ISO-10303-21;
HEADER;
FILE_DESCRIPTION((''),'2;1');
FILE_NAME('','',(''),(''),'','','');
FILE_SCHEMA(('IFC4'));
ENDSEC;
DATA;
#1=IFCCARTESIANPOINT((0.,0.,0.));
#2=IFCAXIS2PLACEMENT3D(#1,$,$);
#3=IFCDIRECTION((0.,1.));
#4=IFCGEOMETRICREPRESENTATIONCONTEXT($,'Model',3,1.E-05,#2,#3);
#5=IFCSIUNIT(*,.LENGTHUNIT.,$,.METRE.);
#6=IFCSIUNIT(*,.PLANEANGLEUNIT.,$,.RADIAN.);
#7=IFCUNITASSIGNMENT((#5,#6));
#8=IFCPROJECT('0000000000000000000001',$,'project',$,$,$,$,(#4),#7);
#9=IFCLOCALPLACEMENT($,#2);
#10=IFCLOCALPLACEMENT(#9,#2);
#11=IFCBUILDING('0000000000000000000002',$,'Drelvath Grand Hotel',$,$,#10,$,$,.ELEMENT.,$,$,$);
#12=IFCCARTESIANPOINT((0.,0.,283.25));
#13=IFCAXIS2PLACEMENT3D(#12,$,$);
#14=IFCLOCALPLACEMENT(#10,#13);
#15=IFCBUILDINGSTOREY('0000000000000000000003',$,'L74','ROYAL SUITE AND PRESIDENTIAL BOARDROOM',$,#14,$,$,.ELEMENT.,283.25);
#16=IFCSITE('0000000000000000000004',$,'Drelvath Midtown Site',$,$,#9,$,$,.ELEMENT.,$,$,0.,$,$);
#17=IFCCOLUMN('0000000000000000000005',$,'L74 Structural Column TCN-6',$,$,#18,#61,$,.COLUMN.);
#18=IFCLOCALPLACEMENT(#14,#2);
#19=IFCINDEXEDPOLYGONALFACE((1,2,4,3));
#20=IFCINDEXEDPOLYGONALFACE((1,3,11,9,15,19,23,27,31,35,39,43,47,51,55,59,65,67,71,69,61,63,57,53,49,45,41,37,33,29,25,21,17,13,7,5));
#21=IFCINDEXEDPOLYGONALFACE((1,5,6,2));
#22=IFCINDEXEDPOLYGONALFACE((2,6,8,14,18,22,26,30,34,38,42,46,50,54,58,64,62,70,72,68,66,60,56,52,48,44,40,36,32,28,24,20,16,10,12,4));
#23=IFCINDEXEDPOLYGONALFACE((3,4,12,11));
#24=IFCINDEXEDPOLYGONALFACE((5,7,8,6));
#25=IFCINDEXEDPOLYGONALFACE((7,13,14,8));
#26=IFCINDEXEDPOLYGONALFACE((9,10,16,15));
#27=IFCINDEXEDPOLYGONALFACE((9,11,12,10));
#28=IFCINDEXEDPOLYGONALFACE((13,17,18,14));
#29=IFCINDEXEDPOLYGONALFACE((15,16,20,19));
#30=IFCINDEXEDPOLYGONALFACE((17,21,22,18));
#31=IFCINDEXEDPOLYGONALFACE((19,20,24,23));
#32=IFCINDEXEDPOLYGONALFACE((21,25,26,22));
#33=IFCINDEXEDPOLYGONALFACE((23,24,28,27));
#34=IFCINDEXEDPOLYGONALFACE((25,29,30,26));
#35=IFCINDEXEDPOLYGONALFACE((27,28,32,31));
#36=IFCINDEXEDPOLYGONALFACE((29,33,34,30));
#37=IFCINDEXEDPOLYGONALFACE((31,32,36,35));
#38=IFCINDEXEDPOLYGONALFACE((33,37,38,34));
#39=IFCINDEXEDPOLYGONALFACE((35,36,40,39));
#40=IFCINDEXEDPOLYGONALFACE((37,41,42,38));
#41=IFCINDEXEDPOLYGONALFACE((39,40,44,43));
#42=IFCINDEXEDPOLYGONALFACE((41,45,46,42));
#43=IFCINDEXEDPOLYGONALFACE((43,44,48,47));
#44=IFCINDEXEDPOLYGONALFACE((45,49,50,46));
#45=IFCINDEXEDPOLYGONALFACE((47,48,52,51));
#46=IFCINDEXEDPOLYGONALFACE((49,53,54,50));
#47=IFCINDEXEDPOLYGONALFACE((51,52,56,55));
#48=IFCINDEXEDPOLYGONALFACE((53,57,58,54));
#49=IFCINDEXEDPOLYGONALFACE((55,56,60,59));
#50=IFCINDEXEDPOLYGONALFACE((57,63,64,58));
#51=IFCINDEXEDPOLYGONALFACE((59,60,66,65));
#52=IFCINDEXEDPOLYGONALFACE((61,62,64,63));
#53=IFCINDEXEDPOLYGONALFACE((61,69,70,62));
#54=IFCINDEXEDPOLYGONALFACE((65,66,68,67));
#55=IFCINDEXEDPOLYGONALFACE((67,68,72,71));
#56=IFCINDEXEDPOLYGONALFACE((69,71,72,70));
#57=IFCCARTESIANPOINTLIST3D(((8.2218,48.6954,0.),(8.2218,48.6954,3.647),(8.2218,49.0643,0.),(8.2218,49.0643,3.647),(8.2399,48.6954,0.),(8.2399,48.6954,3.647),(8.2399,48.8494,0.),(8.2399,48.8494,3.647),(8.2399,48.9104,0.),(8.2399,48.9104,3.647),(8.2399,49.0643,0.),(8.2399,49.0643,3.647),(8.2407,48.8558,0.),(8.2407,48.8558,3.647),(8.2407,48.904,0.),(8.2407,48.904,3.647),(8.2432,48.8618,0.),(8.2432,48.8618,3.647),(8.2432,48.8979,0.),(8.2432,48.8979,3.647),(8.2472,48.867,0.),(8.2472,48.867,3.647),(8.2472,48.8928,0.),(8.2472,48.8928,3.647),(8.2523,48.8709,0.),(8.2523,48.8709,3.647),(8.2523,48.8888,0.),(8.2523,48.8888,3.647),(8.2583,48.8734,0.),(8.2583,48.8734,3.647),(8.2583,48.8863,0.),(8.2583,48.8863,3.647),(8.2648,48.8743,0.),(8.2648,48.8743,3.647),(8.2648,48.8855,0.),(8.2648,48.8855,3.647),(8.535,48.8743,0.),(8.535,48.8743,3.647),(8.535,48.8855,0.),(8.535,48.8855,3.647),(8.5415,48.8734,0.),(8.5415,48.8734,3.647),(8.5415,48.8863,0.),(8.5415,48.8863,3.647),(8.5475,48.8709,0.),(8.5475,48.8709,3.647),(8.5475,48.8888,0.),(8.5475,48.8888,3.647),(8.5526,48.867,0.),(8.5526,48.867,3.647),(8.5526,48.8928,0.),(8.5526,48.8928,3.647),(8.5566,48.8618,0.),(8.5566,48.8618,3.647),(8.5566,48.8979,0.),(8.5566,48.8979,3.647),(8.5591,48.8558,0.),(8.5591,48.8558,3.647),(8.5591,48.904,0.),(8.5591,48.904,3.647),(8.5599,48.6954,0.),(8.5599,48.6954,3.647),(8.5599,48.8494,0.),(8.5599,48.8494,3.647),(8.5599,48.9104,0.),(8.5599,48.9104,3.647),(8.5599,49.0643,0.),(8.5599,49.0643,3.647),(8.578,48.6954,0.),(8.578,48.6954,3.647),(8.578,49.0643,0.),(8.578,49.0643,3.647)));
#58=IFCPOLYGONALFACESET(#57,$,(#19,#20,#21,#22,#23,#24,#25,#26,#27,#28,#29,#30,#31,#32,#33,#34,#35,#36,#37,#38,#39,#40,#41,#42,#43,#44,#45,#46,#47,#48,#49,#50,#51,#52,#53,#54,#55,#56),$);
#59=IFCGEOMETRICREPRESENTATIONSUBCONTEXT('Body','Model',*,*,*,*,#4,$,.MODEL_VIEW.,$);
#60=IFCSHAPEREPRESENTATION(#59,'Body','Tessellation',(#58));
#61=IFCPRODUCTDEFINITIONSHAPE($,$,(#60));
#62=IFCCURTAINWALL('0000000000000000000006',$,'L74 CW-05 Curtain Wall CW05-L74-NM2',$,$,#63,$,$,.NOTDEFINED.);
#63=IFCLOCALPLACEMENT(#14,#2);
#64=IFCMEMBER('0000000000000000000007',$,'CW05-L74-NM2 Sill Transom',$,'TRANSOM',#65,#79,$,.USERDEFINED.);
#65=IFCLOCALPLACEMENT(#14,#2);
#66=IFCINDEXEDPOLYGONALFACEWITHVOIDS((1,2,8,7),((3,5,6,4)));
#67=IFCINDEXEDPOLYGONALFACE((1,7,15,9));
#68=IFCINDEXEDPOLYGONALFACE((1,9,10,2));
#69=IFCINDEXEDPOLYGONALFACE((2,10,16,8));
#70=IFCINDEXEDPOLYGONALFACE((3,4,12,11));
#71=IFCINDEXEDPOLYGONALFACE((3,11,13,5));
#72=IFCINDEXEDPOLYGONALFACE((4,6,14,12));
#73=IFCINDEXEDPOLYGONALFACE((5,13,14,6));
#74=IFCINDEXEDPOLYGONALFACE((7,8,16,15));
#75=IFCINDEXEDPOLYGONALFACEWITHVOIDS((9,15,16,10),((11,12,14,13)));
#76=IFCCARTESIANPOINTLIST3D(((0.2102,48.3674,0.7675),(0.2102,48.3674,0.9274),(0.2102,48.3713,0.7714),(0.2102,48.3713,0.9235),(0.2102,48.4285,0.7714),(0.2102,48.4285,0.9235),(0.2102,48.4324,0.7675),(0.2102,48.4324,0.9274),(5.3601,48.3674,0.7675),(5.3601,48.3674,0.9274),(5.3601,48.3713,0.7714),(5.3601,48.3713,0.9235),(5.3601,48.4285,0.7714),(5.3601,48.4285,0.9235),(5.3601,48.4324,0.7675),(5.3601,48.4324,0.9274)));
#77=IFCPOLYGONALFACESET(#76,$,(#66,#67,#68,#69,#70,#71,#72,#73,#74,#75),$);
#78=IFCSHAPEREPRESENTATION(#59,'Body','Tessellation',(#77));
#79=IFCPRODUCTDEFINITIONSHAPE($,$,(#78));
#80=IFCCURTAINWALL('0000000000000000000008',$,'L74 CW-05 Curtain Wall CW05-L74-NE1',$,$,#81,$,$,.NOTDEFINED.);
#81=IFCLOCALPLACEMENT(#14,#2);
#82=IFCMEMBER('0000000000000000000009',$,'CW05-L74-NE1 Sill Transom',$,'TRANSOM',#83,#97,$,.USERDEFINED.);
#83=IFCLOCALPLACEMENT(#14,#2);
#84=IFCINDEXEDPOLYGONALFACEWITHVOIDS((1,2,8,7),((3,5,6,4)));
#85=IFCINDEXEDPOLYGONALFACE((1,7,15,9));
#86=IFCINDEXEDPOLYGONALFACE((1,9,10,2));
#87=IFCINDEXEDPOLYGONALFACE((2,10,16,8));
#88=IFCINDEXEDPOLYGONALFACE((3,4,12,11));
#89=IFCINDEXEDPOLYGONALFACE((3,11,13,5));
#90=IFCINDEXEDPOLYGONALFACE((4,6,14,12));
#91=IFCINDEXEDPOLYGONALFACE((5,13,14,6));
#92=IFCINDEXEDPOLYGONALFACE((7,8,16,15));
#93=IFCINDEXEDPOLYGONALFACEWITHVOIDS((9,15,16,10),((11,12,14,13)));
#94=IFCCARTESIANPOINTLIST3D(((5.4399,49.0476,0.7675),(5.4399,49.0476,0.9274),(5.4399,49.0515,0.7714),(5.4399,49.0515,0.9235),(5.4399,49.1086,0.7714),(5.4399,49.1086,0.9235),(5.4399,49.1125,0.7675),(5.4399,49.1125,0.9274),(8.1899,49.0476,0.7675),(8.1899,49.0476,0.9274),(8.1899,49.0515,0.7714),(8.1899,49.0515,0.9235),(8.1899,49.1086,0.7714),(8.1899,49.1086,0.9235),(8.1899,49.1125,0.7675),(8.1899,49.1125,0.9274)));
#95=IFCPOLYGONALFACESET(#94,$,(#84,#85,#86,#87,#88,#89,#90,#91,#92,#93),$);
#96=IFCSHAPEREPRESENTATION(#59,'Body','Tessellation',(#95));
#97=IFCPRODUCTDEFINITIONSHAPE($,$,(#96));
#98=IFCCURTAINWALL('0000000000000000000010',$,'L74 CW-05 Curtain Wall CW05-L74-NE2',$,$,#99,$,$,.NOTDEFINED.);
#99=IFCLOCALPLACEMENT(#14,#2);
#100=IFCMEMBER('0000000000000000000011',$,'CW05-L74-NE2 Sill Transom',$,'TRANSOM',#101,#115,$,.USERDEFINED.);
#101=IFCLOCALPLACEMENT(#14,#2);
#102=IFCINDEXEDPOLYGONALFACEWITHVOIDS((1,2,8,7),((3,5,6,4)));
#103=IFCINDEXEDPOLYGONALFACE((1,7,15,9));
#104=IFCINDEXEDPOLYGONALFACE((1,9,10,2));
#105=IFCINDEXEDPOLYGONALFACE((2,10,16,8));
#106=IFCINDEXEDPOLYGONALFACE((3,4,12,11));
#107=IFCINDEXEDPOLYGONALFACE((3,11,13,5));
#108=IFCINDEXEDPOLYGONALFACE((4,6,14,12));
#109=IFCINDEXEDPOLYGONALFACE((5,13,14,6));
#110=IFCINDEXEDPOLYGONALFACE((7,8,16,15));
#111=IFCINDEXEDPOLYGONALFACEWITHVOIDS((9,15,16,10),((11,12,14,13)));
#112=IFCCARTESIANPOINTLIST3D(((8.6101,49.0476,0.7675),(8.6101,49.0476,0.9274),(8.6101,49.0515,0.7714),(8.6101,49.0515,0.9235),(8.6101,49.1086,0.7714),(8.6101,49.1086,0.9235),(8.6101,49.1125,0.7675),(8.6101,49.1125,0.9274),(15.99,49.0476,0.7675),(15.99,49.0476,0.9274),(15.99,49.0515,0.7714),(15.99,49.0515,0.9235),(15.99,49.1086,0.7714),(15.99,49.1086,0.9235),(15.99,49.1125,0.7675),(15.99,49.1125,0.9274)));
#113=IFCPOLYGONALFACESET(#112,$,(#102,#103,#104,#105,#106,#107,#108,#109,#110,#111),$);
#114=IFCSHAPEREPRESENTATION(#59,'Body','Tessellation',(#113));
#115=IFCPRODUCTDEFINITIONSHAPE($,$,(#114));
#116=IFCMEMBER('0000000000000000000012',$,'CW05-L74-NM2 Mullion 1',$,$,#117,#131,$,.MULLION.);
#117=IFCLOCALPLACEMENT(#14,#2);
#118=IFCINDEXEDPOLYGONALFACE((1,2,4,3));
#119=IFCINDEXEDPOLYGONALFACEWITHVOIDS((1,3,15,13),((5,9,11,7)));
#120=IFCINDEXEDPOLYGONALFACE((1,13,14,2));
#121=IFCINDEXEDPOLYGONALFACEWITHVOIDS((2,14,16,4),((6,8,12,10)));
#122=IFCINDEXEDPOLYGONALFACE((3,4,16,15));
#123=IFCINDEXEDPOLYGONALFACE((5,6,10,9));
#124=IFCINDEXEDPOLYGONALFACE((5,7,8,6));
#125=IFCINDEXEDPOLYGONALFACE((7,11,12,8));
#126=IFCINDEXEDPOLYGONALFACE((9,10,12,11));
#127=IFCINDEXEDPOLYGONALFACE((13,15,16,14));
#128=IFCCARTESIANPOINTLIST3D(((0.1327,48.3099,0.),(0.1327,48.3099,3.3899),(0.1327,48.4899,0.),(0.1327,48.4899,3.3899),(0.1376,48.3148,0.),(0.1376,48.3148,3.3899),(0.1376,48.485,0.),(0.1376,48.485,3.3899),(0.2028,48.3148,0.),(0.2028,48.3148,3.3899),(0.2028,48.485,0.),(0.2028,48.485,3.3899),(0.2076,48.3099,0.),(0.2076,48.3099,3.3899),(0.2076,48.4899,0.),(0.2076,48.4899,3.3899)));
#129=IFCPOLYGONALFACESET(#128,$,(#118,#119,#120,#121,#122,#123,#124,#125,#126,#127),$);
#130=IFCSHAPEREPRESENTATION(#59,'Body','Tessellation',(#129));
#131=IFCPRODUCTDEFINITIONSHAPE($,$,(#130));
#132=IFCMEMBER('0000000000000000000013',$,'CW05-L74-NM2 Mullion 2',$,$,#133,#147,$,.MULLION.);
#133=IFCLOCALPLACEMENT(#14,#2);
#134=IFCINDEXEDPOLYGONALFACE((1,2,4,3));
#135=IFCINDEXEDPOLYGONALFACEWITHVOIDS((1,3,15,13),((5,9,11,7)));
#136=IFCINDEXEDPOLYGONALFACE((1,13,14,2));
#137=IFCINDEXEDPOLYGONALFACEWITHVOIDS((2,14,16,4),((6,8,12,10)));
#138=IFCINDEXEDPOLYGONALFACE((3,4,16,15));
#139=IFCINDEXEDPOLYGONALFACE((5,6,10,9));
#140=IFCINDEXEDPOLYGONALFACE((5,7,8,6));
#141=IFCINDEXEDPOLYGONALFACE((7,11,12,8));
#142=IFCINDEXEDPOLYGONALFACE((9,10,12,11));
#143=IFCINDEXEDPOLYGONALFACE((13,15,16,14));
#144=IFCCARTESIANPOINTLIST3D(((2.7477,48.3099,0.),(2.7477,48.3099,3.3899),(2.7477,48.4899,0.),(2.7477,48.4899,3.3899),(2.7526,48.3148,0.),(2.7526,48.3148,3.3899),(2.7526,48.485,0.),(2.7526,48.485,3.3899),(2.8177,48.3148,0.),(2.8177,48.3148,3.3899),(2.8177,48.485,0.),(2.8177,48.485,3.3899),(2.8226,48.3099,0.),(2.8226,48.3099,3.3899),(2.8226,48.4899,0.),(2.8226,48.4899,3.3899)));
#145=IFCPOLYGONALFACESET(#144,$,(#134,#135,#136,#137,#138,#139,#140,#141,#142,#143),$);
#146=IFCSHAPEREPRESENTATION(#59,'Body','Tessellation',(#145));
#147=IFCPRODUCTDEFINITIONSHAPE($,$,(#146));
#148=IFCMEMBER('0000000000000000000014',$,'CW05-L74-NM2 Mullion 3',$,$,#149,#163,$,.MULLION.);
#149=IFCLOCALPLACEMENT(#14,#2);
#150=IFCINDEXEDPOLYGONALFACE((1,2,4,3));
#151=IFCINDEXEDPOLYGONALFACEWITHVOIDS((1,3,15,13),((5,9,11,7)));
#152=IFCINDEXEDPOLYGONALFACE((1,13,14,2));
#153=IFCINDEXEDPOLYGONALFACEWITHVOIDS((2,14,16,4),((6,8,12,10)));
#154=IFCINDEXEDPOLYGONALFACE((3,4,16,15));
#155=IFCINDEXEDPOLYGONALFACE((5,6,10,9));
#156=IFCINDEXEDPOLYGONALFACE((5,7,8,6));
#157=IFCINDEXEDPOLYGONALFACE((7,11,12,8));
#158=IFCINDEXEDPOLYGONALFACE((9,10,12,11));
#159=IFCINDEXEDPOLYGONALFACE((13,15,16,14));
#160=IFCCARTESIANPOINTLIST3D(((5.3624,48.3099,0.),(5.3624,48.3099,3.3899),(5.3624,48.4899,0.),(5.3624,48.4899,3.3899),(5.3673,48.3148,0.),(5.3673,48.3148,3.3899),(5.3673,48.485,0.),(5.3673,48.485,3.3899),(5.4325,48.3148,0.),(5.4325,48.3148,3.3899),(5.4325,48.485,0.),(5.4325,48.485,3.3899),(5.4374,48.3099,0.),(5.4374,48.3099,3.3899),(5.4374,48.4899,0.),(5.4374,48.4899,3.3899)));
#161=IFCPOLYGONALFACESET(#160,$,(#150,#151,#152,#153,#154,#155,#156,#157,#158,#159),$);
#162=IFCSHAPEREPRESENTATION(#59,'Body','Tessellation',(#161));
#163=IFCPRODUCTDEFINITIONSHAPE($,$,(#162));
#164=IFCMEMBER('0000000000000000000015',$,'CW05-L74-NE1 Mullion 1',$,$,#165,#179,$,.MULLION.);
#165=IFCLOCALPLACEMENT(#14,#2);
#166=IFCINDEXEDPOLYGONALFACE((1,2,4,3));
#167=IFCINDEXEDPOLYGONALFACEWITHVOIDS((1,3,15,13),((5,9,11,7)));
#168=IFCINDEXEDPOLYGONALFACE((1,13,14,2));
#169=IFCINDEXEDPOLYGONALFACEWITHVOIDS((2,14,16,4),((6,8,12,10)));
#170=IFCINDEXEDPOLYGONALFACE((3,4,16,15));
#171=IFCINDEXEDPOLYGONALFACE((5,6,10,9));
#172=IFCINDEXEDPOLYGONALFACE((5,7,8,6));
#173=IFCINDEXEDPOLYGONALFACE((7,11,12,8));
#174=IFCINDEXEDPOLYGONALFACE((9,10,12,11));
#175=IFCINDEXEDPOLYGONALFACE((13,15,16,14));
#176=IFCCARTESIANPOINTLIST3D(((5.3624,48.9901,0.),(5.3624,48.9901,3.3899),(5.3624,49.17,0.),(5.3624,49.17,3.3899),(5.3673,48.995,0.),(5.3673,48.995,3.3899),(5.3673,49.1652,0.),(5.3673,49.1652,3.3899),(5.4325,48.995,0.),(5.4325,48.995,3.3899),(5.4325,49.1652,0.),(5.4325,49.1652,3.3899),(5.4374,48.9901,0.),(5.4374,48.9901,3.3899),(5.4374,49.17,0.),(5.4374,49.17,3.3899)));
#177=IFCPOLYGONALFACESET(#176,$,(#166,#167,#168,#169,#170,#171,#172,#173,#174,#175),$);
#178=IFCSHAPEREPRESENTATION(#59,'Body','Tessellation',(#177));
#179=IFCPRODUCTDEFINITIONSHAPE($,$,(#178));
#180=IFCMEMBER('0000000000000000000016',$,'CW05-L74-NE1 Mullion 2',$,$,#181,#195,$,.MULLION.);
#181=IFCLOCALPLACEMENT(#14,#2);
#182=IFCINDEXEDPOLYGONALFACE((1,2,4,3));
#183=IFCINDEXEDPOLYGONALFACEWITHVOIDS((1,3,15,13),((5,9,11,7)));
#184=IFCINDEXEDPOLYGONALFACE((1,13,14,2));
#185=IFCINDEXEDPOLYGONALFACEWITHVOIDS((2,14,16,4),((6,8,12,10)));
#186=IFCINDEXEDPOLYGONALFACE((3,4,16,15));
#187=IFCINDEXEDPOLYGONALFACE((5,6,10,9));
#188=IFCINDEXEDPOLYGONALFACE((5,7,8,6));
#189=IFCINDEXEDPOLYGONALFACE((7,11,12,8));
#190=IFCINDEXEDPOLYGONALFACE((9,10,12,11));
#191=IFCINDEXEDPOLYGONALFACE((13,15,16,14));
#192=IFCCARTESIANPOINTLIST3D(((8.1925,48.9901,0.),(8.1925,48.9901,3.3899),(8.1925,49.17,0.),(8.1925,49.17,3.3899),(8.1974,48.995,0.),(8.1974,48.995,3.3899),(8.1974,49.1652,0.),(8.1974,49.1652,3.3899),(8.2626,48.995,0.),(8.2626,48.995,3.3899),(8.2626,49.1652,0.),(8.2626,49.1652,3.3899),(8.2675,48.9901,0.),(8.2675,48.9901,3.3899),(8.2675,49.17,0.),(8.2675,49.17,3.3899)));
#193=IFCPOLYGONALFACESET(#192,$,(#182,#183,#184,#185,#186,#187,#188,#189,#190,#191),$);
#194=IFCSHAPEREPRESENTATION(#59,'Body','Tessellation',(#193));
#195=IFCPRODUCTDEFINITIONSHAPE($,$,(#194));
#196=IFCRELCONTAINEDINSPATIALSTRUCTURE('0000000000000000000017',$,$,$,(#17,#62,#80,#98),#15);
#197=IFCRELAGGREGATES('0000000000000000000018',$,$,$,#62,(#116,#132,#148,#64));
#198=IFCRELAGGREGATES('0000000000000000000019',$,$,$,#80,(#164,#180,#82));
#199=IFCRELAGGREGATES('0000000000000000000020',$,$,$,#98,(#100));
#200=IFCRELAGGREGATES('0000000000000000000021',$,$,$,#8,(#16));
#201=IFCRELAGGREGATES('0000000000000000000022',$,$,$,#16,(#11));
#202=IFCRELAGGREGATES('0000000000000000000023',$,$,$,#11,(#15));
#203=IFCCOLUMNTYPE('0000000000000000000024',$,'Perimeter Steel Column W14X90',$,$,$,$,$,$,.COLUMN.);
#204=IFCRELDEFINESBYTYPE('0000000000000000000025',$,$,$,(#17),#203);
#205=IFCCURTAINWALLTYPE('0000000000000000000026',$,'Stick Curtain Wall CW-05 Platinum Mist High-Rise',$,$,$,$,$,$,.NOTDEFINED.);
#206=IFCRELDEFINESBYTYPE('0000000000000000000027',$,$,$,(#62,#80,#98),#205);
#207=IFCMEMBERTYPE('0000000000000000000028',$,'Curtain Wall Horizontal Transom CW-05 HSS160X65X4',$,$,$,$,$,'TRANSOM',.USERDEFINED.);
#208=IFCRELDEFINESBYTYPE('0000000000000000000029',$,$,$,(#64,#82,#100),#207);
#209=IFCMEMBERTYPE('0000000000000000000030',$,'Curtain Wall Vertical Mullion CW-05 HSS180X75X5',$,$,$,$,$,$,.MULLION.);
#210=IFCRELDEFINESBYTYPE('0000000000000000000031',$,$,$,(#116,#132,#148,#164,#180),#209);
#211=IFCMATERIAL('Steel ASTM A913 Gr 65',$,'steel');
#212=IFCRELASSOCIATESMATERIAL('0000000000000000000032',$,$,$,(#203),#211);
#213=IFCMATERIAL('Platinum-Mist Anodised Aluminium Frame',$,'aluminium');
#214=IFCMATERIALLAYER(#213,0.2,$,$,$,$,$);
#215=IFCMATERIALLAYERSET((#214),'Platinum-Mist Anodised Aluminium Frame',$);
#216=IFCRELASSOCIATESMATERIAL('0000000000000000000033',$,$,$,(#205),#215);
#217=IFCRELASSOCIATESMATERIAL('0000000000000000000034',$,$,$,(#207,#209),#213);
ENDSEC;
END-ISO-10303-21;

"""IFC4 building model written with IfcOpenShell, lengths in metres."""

from ifc_helpers import new_model, si_unit, direction, frame, origin, origin_2d, place, context, subcontext, project, spatial, hollow_rectangle, i_section, extrude, material, layer, layer_set, material_profile, profile_set, type_object, element, aggregate, save


model = new_model("IFC4")

# Units and contexts
model_context = context("Model", 3, precision=1e-05, world=origin(), true_north=direction((0.0, 1.0)))
body_context = subcontext(model_context, "Body", "Model", "MODEL_VIEW")
ifc_project = project(units=[si_unit("LENGTHUNIT", "METRE"), si_unit("PLANEANGLEUNIT", "RADIAN")], contexts=[model_context])

# Site, building, storey
site_placement = place(None, origin())
site = spatial("IfcSite", under=ifc_project, at=site_placement, Name="Drelvath Midtown Site", CompositionType="ELEMENT", RefElevation=0.0)
building_placement = place(site_placement, origin())
building = spatial("IfcBuilding", under=site, at=building_placement, Name="Drelvath Grand Hotel", CompositionType="ELEMENT")
storey_placement = place(building_placement, frame((0.0, 0.0, 283.25)))
storey = spatial("IfcBuildingStorey", under=building, at=storey_placement, Name="L74", Description="ROYAL SUITE AND PRESIDENTIAL BOARDROOM", CompositionType="ELEMENT", Elevation=283.25)

# Column
ifc_material_1 = material(Name="Steel ASTM A913 Gr 65", Category="steel")
ifc_material_profile_1 = material_profile(ifc_material_1, i_section(OverallWidth=0.3689, OverallDepth=0.3562, WebThickness=0.0112, FlangeThickness=0.0181, FilletRadius=0.0249, at=origin_2d()), Name="W14X90")
ifc_profile_set_1 = profile_set([ifc_material_profile_1], Name="Steel ASTM A913 Gr 65")
column_type = type_object("IfcColumnType", Name="Perimeter Steel Column W14X90", PredefinedType="COLUMN", material=ifc_profile_set_1)
column_placement = place(storey_placement, frame((8.3999, 48.8799, 0.0), z_axis=(0.0, 0.0, 1.0), x_axis=(0.0, 1.0, 0.0)))
element("IfcColumn", 1, at=column_placement, inside=storey, type_object=column_type, Name="L74 Structural Column TCN-6", PredefinedType="COLUMN", context=body_context, shape_type="SweptSolid", body=[
    extrude(i_section(OverallWidth=0.3689, OverallDepth=0.3562, WebThickness=0.0112, FlangeThickness=0.0181, FilletRadius=0.0249, at=origin_2d()), origin(), (0.0, 0.0, 1.0), 3.647),
])

# Curtain walls, members
ifc_material_2 = material(Name="Platinum-Mist Anodised Aluminium Frame", Category="aluminium")
ifc_layer_1 = layer(ifc_material_2, 0.2)
ifc_layer_set_1 = layer_set([ifc_layer_1], Name="Platinum-Mist Anodised Aluminium Frame")
curtain_wall_type = type_object("IfcCurtainWallType", Name="Stick Curtain Wall CW-05 Platinum Mist High-Rise", PredefinedType="NOTDEFINED", material=ifc_layer_set_1)
curtain_wall_1_placement = place(storey_placement, origin())
curtain_wall_1 = element("IfcCurtainWall", 2, at=curtain_wall_1_placement, inside=storey, type_object=curtain_wall_type, Name="L74 CW-05 Curtain Wall CW05-L74-NM2", PredefinedType="NOTDEFINED")
ifc_material_profile_2 = material_profile(ifc_material_2, hollow_rectangle(XDim=0.0649, YDim=0.1599, WallThickness=0.0039, at=origin_2d()), Name="HSS160X65X4")
ifc_profile_set_2 = profile_set([ifc_material_profile_2], Name="Platinum-Mist Anodised Aluminium Frame")
member_type_1 = type_object("IfcMemberType", Name="Curtain Wall Horizontal Transom CW-05 HSS160X65X4", ElementType="TRANSOM", PredefinedType="USERDEFINED", material=ifc_profile_set_2)
member_1_placement = place(storey_placement, frame((0.2102, 48.3999, 0.8474), z_axis=(1.0, 0.0, 0.0), x_axis=(0.0, 1.0, 0.0)))
member_1 = element("IfcMember", 3, at=member_1_placement, type_object=member_type_1, Name="CW05-L74-NM2 Sill Transom", ObjectType="TRANSOM", PredefinedType="USERDEFINED", context=body_context, shape_type="SweptSolid", body=[
    extrude(hollow_rectangle(XDim=0.0649, YDim=0.1599, WallThickness=0.0039, at=origin_2d()), origin(), (0.0, 0.0, 1.0), 5.1499),
])
curtain_wall_2_placement = place(storey_placement, origin())
curtain_wall_2 = element("IfcCurtainWall", 4, at=curtain_wall_2_placement, inside=storey, type_object=curtain_wall_type, Name="L74 CW-05 Curtain Wall CW05-L74-NE1", PredefinedType="NOTDEFINED")
member_2_placement = place(storey_placement, frame((5.4399, 49.0801, 0.8474), z_axis=(1.0, 0.0, 0.0), x_axis=(0.0, 1.0, 0.0)))
member_2 = element("IfcMember", 5, at=member_2_placement, type_object=member_type_1, Name="CW05-L74-NE1 Sill Transom", ObjectType="TRANSOM", PredefinedType="USERDEFINED", context=body_context, shape_type="SweptSolid", body=[
    extrude(hollow_rectangle(XDim=0.0649, YDim=0.1599, WallThickness=0.0039, at=origin_2d()), origin(), (0.0, 0.0, 1.0), 2.75),
])
curtain_wall_3_placement = place(storey_placement, origin())
curtain_wall_3 = element("IfcCurtainWall", 6, at=curtain_wall_3_placement, inside=storey, type_object=curtain_wall_type, Name="L74 CW-05 Curtain Wall CW05-L74-NE2", PredefinedType="NOTDEFINED")
member_3_placement = place(storey_placement, frame((8.6101, 49.0801, 0.8474), z_axis=(1.0, 0.0, 0.0), x_axis=(0.0, 1.0, 0.0)))
member_3 = element("IfcMember", 7, at=member_3_placement, type_object=member_type_1, Name="CW05-L74-NE2 Sill Transom", ObjectType="TRANSOM", PredefinedType="USERDEFINED", context=body_context, shape_type="SweptSolid", body=[
    extrude(hollow_rectangle(XDim=0.0649, YDim=0.1599, WallThickness=0.0039, at=origin_2d()), origin(), (0.0, 0.0, 1.0), 7.3799),
])

# Members
ifc_material_profile_3 = material_profile(ifc_material_2, hollow_rectangle(XDim=0.075, YDim=0.1799, WallThickness=0.0049, at=origin_2d()), Name="HSS180X75X5")
ifc_profile_set_3 = profile_set([ifc_material_profile_3], Name="Platinum-Mist Anodised Aluminium Frame")
member_type_2 = type_object("IfcMemberType", Name="Curtain Wall Vertical Mullion CW-05 HSS180X75X5", PredefinedType="MULLION", material=ifc_profile_set_3)
member_4_placement = place(storey_placement, frame((0.1702, 48.3999, 0.0), z_axis=(0.0, 0.0, 1.0), x_axis=(1.0, 0.0, 0.0)))
member_4 = element("IfcMember", 8, at=member_4_placement, type_object=member_type_2, Name="CW05-L74-NM2 Mullion 1", PredefinedType="MULLION", context=body_context, shape_type="SweptSolid", body=[
    extrude(hollow_rectangle(XDim=0.075, YDim=0.1799, WallThickness=0.0049, at=origin_2d()), origin(), (0.0, 0.0, 1.0), 3.3899),
])
member_5_placement = place(storey_placement, frame((2.7852, 48.3999, 0.0), z_axis=(0.0, 0.0, 1.0), x_axis=(1.0, 0.0, 0.0)))
member_5 = element("IfcMember", 9, at=member_5_placement, type_object=member_type_2, Name="CW05-L74-NM2 Mullion 2", PredefinedType="MULLION", context=body_context, shape_type="SweptSolid", body=[
    extrude(hollow_rectangle(XDim=0.075, YDim=0.1799, WallThickness=0.0049, at=origin_2d()), origin(), (0.0, 0.0, 1.0), 3.3899),
])
member_6_placement = place(storey_placement, frame((5.3999, 48.3999, 0.0), z_axis=(0.0, 0.0, 1.0), x_axis=(1.0, 0.0, 0.0)))
member_6 = element("IfcMember", 10, at=member_6_placement, type_object=member_type_2, Name="CW05-L74-NM2 Mullion 3", PredefinedType="MULLION", context=body_context, shape_type="SweptSolid", body=[
    extrude(hollow_rectangle(XDim=0.075, YDim=0.1799, WallThickness=0.0049, at=origin_2d()), origin(), (0.0, 0.0, 1.0), 3.3899),
])
member_7_placement = place(storey_placement, frame((5.3999, 49.0801, 0.0), z_axis=(0.0, 0.0, 1.0), x_axis=(1.0, 0.0, 0.0)))
member_7 = element("IfcMember", 11, at=member_7_placement, type_object=member_type_2, Name="CW05-L74-NE1 Mullion 1", PredefinedType="MULLION", context=body_context, shape_type="SweptSolid", body=[
    extrude(hollow_rectangle(XDim=0.075, YDim=0.1799, WallThickness=0.0049, at=origin_2d()), origin(), (0.0, 0.0, 1.0), 3.3899),
])
member_8_placement = place(storey_placement, frame((8.23, 49.0801, 0.0), z_axis=(0.0, 0.0, 1.0), x_axis=(1.0, 0.0, 0.0)))
member_8 = element("IfcMember", 12, at=member_8_placement, type_object=member_type_2, Name="CW05-L74-NE1 Mullion 2", PredefinedType="MULLION", context=body_context, shape_type="SweptSolid", body=[
    extrude(hollow_rectangle(XDim=0.075, YDim=0.1799, WallThickness=0.0049, at=origin_2d()), origin(), (0.0, 0.0, 1.0), 3.3899),
])

aggregate(curtain_wall_1, [member_4, member_5, member_6, member_1])
aggregate(curtain_wall_2, [member_7, member_8, member_2])
aggregate(curtain_wall_3, [member_3])

save(model, "model.ifc")
